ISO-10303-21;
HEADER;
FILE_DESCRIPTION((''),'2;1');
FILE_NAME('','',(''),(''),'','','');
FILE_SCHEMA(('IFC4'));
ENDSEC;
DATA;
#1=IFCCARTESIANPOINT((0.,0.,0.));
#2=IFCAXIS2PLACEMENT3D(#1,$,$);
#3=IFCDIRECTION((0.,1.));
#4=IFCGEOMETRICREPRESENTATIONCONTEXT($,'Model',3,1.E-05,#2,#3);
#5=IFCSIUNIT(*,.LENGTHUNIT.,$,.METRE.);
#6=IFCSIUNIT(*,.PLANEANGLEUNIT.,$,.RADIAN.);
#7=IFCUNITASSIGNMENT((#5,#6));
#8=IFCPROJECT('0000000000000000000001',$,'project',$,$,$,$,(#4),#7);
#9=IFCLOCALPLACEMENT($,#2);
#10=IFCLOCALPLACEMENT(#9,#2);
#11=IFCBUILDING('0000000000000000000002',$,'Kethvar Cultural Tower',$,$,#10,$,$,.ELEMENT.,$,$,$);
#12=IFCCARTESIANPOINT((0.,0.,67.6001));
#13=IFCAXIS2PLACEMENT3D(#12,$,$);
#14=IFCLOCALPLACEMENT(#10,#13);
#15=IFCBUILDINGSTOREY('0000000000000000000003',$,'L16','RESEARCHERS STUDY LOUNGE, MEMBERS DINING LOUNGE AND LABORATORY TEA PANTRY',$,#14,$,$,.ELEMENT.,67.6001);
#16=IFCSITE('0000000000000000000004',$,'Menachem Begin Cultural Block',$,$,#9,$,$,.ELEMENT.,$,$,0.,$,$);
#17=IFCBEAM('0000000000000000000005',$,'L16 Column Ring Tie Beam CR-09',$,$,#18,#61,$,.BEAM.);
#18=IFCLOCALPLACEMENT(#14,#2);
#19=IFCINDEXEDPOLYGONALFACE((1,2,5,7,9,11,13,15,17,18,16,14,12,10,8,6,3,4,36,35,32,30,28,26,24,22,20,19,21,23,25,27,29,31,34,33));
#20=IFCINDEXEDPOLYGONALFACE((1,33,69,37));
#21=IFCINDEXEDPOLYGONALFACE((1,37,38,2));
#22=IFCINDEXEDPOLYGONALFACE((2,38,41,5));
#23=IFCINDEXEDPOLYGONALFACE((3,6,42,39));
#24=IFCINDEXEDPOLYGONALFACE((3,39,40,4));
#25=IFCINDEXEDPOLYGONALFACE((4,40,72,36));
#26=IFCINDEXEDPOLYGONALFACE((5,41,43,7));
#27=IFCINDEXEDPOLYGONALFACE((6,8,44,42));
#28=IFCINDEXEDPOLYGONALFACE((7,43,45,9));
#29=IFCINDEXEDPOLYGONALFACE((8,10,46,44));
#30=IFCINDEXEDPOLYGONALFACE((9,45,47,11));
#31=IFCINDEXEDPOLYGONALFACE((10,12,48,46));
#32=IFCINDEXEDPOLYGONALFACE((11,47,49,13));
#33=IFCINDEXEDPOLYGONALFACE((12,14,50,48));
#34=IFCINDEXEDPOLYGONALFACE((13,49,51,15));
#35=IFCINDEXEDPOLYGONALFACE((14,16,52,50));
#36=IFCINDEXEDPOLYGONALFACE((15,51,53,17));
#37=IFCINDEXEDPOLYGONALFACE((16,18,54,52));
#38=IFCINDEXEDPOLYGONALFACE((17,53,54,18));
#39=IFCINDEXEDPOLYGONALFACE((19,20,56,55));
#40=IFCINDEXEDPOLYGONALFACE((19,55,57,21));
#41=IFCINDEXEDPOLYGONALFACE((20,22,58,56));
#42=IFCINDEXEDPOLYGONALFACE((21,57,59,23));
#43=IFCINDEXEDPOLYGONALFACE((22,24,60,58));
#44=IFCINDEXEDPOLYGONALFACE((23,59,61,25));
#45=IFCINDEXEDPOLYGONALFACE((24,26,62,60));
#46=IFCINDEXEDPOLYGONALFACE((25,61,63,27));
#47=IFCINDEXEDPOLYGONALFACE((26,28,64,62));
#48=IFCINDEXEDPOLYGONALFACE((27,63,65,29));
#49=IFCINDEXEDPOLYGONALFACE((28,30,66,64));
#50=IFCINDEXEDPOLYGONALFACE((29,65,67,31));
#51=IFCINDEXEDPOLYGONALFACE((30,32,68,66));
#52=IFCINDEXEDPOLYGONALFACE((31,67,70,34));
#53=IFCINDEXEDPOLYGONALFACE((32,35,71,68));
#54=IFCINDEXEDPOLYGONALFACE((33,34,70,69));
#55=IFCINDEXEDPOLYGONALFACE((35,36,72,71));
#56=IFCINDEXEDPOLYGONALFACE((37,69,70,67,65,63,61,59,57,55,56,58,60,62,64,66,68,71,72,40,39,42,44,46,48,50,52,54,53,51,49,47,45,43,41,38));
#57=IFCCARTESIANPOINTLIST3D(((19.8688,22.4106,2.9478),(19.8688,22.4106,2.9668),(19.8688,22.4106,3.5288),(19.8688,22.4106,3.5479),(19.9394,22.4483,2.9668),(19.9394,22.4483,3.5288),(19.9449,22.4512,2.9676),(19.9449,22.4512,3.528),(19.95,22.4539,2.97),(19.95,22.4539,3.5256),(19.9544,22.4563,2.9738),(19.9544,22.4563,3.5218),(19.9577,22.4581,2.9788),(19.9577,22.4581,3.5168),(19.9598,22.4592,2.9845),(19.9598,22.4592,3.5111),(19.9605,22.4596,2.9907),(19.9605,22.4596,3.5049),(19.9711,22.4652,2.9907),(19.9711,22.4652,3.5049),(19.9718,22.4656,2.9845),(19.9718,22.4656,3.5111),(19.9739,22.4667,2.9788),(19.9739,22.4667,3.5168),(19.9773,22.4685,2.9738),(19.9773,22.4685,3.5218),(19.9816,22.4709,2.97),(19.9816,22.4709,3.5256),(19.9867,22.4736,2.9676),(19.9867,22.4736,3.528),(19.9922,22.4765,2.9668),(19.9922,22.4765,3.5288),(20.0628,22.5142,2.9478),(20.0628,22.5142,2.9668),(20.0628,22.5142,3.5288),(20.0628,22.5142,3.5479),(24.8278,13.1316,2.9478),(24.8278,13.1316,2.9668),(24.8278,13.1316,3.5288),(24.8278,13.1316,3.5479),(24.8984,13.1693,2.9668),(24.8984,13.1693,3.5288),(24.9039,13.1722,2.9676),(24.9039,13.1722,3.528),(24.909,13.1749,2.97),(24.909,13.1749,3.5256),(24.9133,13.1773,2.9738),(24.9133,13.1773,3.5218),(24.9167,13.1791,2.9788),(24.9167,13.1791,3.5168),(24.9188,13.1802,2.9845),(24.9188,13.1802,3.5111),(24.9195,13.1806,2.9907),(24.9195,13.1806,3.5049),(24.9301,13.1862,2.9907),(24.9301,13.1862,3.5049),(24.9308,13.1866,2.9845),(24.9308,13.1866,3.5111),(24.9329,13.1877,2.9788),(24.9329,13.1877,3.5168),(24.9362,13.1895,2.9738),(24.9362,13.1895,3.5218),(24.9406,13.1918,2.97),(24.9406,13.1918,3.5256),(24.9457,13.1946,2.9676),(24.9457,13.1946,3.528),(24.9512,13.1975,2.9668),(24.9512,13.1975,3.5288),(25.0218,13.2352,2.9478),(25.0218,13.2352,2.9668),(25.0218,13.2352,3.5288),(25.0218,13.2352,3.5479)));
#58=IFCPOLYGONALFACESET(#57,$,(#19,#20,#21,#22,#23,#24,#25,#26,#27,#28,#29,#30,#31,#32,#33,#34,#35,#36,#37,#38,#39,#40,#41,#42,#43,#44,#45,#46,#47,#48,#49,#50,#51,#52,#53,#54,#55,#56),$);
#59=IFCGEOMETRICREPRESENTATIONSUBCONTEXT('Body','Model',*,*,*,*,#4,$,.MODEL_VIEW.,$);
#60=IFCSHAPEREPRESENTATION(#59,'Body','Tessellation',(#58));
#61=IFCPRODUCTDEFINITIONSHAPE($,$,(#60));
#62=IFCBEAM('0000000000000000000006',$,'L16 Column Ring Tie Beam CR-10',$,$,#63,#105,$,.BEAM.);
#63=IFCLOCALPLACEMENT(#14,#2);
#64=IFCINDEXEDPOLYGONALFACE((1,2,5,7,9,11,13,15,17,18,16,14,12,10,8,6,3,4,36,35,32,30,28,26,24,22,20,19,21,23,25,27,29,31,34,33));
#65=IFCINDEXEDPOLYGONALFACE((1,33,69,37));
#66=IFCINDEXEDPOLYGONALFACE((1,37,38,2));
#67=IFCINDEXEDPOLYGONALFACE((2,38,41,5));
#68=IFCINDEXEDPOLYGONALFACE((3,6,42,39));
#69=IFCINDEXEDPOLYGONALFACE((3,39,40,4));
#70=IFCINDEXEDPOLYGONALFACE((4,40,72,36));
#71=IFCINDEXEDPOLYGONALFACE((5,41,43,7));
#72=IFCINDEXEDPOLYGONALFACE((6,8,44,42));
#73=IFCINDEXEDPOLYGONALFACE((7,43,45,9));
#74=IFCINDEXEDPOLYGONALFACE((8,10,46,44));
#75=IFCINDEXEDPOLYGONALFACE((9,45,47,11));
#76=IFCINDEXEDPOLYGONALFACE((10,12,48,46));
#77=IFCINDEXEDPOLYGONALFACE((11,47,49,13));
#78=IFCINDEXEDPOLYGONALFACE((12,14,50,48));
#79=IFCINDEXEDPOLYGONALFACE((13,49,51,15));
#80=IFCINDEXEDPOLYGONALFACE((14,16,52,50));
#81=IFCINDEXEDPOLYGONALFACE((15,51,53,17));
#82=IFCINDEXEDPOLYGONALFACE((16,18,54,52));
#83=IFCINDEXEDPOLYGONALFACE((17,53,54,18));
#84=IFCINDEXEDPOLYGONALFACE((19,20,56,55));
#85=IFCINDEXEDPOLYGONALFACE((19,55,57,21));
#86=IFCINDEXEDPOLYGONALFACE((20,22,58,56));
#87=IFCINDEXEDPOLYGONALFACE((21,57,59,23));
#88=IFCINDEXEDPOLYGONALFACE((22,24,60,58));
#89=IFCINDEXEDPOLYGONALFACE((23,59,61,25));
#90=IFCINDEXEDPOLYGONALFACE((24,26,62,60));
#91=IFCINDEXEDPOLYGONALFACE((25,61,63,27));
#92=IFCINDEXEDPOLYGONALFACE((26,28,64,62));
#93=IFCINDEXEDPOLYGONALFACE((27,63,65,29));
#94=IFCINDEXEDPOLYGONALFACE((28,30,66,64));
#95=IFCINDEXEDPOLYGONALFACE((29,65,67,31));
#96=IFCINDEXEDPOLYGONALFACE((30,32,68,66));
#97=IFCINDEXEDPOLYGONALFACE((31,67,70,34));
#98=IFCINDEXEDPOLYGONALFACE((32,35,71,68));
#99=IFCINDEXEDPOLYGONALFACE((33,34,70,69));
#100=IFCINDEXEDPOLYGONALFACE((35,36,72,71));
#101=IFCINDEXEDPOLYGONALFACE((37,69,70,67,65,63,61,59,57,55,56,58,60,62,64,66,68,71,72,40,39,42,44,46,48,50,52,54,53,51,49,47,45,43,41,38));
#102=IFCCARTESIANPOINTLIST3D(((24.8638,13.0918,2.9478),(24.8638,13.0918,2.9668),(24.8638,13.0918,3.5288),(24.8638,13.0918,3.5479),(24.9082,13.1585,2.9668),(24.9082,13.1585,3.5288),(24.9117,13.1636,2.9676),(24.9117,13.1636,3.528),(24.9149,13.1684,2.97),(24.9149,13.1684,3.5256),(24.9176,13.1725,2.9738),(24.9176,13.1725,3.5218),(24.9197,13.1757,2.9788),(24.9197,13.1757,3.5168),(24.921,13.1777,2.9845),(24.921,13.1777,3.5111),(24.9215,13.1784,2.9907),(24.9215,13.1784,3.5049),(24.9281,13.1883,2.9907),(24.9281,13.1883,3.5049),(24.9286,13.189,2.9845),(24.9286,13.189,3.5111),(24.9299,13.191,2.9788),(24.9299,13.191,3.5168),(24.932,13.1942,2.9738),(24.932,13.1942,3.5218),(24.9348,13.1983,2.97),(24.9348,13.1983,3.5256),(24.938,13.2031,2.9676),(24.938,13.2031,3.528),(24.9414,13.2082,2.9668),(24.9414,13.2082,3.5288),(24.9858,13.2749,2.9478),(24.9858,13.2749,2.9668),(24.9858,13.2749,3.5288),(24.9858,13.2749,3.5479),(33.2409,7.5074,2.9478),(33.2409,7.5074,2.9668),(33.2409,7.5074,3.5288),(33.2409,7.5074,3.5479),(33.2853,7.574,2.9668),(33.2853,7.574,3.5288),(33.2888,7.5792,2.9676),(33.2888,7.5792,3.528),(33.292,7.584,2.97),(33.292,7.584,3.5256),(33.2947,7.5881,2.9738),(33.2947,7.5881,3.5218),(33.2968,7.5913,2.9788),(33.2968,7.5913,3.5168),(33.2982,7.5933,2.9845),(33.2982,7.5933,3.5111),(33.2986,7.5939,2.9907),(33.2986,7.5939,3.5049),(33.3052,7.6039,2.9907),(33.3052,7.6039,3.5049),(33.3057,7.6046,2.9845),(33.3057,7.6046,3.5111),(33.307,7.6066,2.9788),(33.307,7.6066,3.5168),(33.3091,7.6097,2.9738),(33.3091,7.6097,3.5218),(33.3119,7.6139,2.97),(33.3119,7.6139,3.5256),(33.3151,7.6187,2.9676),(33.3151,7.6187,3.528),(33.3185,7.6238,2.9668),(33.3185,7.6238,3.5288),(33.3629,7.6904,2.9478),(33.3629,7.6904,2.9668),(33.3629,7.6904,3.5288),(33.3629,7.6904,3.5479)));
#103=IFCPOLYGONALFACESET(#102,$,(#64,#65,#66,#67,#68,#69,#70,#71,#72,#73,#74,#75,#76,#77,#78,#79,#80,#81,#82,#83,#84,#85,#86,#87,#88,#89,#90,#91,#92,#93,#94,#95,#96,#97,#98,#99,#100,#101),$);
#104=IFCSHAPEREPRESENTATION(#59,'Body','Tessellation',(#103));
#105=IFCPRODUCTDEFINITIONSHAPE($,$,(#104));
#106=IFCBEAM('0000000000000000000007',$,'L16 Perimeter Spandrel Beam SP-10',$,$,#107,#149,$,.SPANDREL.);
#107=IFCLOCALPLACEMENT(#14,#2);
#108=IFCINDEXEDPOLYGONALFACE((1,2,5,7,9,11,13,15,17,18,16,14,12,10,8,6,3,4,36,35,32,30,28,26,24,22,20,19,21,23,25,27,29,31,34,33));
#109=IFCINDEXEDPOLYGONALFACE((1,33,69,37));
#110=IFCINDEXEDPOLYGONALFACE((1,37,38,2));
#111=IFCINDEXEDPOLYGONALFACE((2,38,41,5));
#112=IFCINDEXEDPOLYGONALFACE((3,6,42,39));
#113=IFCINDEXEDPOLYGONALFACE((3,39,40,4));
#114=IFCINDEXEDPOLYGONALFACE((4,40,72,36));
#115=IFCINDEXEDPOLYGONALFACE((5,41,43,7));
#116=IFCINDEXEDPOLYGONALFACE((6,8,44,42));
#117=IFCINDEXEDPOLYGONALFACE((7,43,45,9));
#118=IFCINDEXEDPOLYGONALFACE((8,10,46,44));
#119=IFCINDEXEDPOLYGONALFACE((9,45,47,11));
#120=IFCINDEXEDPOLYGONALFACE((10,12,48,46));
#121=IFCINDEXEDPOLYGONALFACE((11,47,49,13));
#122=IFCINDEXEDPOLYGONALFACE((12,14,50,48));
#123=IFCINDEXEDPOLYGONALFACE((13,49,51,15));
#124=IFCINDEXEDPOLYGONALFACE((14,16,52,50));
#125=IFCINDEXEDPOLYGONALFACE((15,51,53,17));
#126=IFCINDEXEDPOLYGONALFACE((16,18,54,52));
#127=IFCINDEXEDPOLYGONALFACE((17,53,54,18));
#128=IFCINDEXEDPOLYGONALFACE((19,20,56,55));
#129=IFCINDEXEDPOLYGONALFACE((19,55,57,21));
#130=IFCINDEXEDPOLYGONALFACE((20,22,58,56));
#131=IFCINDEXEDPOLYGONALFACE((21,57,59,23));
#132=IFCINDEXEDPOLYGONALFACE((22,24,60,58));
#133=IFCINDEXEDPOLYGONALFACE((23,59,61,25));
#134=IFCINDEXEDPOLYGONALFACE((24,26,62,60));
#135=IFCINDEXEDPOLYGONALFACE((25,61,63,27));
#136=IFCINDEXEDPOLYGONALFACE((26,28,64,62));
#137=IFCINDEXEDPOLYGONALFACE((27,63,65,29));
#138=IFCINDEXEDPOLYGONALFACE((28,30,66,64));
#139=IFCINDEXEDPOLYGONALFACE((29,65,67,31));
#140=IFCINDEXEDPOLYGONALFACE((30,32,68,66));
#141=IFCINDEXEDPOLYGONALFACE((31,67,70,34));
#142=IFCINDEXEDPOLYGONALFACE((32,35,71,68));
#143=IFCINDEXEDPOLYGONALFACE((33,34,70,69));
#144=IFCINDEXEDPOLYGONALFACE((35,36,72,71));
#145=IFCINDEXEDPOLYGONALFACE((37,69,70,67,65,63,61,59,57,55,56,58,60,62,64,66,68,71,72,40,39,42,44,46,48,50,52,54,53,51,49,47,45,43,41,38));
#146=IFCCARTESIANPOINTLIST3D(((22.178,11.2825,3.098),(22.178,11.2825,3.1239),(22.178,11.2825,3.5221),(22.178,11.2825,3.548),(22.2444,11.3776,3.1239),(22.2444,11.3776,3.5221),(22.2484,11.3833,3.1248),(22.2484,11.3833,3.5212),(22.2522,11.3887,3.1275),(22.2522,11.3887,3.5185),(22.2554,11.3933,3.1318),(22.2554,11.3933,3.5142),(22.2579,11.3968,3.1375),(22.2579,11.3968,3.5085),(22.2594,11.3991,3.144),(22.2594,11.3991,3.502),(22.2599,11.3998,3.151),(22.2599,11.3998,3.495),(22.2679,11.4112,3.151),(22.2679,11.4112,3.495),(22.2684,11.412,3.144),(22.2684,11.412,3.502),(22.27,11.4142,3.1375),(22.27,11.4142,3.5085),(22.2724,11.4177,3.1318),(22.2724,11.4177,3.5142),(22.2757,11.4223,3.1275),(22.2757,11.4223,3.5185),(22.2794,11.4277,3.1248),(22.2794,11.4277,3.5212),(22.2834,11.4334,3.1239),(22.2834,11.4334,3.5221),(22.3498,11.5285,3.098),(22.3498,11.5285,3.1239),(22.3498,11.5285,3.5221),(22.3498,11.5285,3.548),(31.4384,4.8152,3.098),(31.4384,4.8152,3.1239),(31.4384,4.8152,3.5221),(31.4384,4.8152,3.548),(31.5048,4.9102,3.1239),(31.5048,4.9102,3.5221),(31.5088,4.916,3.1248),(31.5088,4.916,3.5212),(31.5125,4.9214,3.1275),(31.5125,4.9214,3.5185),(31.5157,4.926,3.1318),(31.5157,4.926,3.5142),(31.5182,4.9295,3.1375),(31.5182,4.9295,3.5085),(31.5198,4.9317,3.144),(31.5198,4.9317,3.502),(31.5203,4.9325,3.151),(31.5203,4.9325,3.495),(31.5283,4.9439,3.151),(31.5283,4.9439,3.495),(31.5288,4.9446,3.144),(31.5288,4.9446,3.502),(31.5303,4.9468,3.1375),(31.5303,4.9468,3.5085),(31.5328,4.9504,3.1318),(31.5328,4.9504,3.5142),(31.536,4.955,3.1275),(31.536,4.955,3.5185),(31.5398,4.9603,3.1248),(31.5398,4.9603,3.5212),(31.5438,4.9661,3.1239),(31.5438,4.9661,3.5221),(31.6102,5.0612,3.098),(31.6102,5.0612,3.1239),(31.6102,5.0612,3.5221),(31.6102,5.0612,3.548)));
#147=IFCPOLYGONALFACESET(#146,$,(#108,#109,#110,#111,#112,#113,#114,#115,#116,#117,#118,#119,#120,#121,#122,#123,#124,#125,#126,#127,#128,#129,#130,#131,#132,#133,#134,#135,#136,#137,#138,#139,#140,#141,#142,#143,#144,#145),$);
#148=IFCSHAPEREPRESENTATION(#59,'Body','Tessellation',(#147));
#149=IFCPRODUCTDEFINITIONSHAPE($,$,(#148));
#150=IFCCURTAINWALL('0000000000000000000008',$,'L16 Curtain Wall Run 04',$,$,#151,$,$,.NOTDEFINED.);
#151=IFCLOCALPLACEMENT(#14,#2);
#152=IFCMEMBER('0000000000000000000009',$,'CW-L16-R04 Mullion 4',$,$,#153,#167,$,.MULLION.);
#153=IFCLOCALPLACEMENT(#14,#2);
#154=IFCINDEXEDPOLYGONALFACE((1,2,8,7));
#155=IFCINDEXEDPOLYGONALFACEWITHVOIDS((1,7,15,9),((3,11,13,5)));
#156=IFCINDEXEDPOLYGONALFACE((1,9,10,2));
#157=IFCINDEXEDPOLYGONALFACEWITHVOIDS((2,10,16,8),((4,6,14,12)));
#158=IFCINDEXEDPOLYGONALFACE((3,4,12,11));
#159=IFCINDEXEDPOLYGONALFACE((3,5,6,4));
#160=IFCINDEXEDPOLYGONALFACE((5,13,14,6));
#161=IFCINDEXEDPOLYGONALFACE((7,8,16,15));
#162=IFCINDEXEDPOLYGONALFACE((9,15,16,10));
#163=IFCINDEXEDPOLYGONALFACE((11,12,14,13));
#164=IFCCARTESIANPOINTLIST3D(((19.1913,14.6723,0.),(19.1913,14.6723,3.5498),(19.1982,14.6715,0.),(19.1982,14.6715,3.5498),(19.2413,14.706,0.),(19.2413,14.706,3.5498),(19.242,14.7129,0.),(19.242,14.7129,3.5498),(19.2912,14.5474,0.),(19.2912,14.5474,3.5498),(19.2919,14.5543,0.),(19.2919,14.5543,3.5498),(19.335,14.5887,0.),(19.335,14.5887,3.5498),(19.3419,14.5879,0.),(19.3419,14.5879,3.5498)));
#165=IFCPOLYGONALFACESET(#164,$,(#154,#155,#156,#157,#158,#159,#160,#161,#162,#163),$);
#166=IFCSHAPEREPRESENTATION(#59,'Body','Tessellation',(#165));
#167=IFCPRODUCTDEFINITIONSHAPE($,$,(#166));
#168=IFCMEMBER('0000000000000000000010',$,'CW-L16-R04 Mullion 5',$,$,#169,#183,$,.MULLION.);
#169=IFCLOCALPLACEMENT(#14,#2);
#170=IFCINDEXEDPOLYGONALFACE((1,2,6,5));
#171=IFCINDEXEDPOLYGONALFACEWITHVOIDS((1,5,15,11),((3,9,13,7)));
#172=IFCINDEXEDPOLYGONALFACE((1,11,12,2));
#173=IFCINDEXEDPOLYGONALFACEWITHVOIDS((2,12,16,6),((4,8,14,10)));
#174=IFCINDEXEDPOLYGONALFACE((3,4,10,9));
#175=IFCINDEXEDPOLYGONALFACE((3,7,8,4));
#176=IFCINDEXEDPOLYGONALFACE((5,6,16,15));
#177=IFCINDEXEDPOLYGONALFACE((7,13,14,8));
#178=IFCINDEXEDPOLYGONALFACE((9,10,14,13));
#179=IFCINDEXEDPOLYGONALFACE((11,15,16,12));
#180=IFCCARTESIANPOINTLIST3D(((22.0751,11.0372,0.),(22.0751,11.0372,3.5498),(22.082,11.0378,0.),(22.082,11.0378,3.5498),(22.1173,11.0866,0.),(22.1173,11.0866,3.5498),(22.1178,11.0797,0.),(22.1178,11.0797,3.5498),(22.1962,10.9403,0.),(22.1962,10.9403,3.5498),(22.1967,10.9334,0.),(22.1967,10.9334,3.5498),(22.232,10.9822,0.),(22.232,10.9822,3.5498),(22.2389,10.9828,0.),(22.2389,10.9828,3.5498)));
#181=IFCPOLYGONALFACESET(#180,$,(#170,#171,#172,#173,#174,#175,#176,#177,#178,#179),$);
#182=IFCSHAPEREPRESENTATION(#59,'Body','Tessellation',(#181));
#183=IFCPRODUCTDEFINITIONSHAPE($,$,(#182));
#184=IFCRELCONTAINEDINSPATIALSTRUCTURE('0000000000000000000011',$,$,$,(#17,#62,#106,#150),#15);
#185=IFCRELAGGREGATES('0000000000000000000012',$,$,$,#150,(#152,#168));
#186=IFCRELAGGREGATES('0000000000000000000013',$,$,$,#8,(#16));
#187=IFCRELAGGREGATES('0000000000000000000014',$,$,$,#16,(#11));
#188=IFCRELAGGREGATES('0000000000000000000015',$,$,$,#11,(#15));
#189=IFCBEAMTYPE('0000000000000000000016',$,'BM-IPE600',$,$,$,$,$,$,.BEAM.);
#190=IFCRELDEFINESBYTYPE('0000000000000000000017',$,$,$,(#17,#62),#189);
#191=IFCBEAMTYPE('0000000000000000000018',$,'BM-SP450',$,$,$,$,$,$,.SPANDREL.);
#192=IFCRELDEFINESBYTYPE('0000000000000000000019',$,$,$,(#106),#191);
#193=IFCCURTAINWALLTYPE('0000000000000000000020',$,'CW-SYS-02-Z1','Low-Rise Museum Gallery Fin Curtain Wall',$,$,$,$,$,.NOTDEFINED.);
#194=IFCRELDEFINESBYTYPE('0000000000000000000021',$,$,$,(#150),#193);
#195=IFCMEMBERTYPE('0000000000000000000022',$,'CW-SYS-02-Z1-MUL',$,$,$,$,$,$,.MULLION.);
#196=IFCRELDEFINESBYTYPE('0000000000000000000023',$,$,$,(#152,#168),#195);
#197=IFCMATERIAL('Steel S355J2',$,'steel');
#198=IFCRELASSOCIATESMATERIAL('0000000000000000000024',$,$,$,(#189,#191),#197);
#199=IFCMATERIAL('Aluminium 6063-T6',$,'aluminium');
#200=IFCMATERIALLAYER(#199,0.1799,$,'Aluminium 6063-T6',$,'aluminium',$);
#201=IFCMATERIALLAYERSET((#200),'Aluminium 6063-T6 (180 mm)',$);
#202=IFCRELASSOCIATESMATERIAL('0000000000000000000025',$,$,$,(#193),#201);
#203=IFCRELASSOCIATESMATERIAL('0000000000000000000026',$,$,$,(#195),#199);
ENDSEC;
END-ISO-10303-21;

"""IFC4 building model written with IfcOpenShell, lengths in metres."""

from ifc_helpers import new_model, si_unit, direction, frame, origin, origin_2d, place, context, subcontext, project, spatial, hollow_rectangle, i_section, extrude, source, transform, mapped, material, layer, layer_set, material_profile, profile_set, type_object, element, aggregate, save


model = new_model("IFC4")

# Units and contexts
model_context = context("Model", 3, precision=1e-05, world=origin(), true_north=direction((0.0, 1.0)))
body_context = subcontext(model_context, "Body", "Model", "MODEL_VIEW")
ifc_project = project(units=[si_unit("LENGTHUNIT", "METRE"), si_unit("PLANEANGLEUNIT", "RADIAN")], contexts=[model_context])

# Site, building, storey
site_placement = place(None, origin())
site = spatial("IfcSite", under=ifc_project, at=site_placement, Name="Menachem Begin Cultural Block", CompositionType="ELEMENT", RefElevation=0.0)
building_placement = place(site_placement, origin())
building = spatial("IfcBuilding", under=site, at=building_placement, Name="Kethvar Cultural Tower", CompositionType="ELEMENT")
storey_placement = place(building_placement, frame((0.0, 0.0, 67.6001)))
storey = spatial("IfcBuildingStorey", under=building, at=storey_placement, Name="L16", Description="RESEARCHERS STUDY LOUNGE, MEMBERS DINING LOUNGE AND LABORATORY TEA PANTRY", CompositionType="ELEMENT", Elevation=67.6001)

# Beams
ifc_material_1 = material(Name="Steel S355J2", Category="steel")
ifc_material_profile_1 = material_profile(ifc_material_1, i_section(OverallWidth=0.22, OverallDepth=0.6001, WebThickness=0.012, FlangeThickness=0.019, FilletRadius=0.0239, at=origin_2d()), Name="Steel S355J2 — IPE600")
ifc_profile_set_1 = profile_set([ifc_material_profile_1], Name="Steel S355J2 — IPE600")
beam_type_1 = type_object("IfcBeamType", Name="BM-IPE600", PredefinedType="BEAM", material=ifc_profile_set_1)
shared_shape_1 = source(origin(), body_context, "Body", "SweptSolid", [
    extrude(i_section(OverallWidth=0.22, OverallDepth=0.6001, WebThickness=0.012, FlangeThickness=0.019, FilletRadius=0.0239, at=origin_2d()), origin(), (0.0, 0.0, 1.0), 10.521),
])
beam_1_placement = place(storey_placement, frame((19.9658, 22.4624, 3.2478), z_axis=(0.47134, -0.881952, 0.0), x_axis=(0.881952, 0.47134, 0.0)))
element("IfcBeam", 1, at=beam_1_placement, inside=storey, type_object=beam_type_1, Name="L16 Column Ring Tie Beam CR-09", PredefinedType="BEAM", context=body_context, shape_type="MappedRepresentation", body=[
    mapped(shared_shape_1, transform((0.0, 0.0, 0.0), scale=1.0)),
])
shared_shape_2 = source(origin(), body_context, "Body", "SweptSolid", [
    extrude(i_section(OverallWidth=0.22, OverallDepth=0.6001, WebThickness=0.012, FlangeThickness=0.019, FilletRadius=0.0239, at=origin_2d()), origin(), (0.0, 0.0, 1.0), 10.0679),
])
beam_2_placement = place(storey_placement, frame((24.9248, 13.1833, 3.2478), z_axis=(0.832065, -0.554678, 0.0), x_axis=(0.554678, 0.832065, 0.0)))
element("IfcBeam", 2, at=beam_2_placement, inside=storey, type_object=beam_type_1, Name="L16 Column Ring Tie Beam CR-10", PredefinedType="BEAM", context=body_context, shape_type="MappedRepresentation", body=[
    mapped(shared_shape_2, transform((0.0, 0.0, 0.0), scale=1.0)),
])
ifc_material_profile_2 = material_profile(ifc_material_1, i_section(OverallWidth=0.3, OverallDepth=0.45, WebThickness=0.0139, FlangeThickness=0.0259, FilletRadius=0.0271, at=origin_2d()), Name="Steel S355J2 — HEB450")
ifc_profile_set_2 = profile_set([ifc_material_profile_2], Name="Steel S355J2 — HEB450")
beam_type_2 = type_object("IfcBeamType", Name="BM-SP450", PredefinedType="SPANDREL", material=ifc_profile_set_2)
shared_shape_3 = source(origin(), body_context, "Body", "SweptSolid", [
    extrude(i_section(OverallWidth=0.3, OverallDepth=0.45, WebThickness=0.0139, FlangeThickness=0.0259, FilletRadius=0.0271, at=origin_2d()), origin(), (0.0, 0.0, 1.0), 11.2952),
])
beam_3_placement = place(storey_placement, frame((22.2639, 11.4055, 3.323), z_axis=(0.819851, -0.572577, 0.0), x_axis=(0.572577, 0.819851, 0.0)))
element("IfcBeam", 3, at=beam_3_placement, inside=storey, type_object=beam_type_2, Name="L16 Perimeter Spandrel Beam SP-10", PredefinedType="SPANDREL", context=body_context, shape_type="MappedRepresentation", body=[
    mapped(shared_shape_3, transform((0.0, 0.0, 0.0), scale=1.0)),
])

# Curtain wall, members
ifc_material_2 = material(Name="Aluminium 6063-T6", Category="aluminium")
ifc_layer_1 = layer(ifc_material_2, 0.1799, Name="Aluminium 6063-T6", Category="aluminium")
ifc_layer_set_1 = layer_set([ifc_layer_1], Name="Aluminium 6063-T6 (180 mm)")
curtain_wall_type = type_object("IfcCurtainWallType", Name="CW-SYS-02-Z1", Description="Low-Rise Museum Gallery Fin Curtain Wall", PredefinedType="NOTDEFINED", material=ifc_layer_set_1)
curtain_wall_placement = place(storey_placement, origin())
curtain_wall = element("IfcCurtainWall", 4, at=curtain_wall_placement, inside=storey, type_object=curtain_wall_type, Name="L16 Curtain Wall Run 04", PredefinedType="NOTDEFINED")
ifc_material_profile_3 = material_profile(ifc_material_2, hollow_rectangle(XDim=0.0649, YDim=0.1599, WallThickness=0.0049, at=origin_2d()), Name="Aluminium 6063-T6 — RHS160x65x5")
ifc_profile_set_3 = profile_set([ifc_material_profile_3], Name="Aluminium 6063-T6 — RHS160x65x5")
member_type_1 = type_object("IfcMemberType", Name="CW-SYS-02-Z1-MUL", PredefinedType="MULLION", material=ifc_profile_set_3)
shared_shape_4 = source(origin(), body_context, "Body", "SweptSolid", [
    extrude(hollow_rectangle(XDim=0.0649, YDim=0.1599, WallThickness=0.0049, at=origin_2d()), origin(), (0.0, 0.0, 1.0), 3.5498),
])
member_1_placement = place(storey_placement, frame((19.2666, 14.6301, 0.0), z_axis=(0.0, 0.0, 1.0), x_axis=(0.781172, 0.624316, 0.0)))
member_1 = element("IfcMember", 5, at=member_1_placement, type_object=member_type_1, Name="CW-L16-R04 Mullion 4", PredefinedType="MULLION", context=body_context, shape_type="MappedRepresentation", body=[
    mapped(shared_shape_4, transform((0.0, 0.0, 0.0), scale=1.0)),
])
member_2_placement = place(storey_placement, frame((22.157, 11.01, 0.0), z_axis=(0.0, 0.0, 1.0), x_axis=(0.649408, 0.76044, 0.0)))
member_2 = element("IfcMember", 6, at=member_2_placement, type_object=member_type_1, Name="CW-L16-R04 Mullion 5", PredefinedType="MULLION", context=body_context, shape_type="MappedRepresentation", body=[
    mapped(shared_shape_4, transform((0.0, 0.0, 0.0), scale=1.0)),
])
aggregate(curtain_wall, [member_1, member_2])

save(model, "model.ifc")
